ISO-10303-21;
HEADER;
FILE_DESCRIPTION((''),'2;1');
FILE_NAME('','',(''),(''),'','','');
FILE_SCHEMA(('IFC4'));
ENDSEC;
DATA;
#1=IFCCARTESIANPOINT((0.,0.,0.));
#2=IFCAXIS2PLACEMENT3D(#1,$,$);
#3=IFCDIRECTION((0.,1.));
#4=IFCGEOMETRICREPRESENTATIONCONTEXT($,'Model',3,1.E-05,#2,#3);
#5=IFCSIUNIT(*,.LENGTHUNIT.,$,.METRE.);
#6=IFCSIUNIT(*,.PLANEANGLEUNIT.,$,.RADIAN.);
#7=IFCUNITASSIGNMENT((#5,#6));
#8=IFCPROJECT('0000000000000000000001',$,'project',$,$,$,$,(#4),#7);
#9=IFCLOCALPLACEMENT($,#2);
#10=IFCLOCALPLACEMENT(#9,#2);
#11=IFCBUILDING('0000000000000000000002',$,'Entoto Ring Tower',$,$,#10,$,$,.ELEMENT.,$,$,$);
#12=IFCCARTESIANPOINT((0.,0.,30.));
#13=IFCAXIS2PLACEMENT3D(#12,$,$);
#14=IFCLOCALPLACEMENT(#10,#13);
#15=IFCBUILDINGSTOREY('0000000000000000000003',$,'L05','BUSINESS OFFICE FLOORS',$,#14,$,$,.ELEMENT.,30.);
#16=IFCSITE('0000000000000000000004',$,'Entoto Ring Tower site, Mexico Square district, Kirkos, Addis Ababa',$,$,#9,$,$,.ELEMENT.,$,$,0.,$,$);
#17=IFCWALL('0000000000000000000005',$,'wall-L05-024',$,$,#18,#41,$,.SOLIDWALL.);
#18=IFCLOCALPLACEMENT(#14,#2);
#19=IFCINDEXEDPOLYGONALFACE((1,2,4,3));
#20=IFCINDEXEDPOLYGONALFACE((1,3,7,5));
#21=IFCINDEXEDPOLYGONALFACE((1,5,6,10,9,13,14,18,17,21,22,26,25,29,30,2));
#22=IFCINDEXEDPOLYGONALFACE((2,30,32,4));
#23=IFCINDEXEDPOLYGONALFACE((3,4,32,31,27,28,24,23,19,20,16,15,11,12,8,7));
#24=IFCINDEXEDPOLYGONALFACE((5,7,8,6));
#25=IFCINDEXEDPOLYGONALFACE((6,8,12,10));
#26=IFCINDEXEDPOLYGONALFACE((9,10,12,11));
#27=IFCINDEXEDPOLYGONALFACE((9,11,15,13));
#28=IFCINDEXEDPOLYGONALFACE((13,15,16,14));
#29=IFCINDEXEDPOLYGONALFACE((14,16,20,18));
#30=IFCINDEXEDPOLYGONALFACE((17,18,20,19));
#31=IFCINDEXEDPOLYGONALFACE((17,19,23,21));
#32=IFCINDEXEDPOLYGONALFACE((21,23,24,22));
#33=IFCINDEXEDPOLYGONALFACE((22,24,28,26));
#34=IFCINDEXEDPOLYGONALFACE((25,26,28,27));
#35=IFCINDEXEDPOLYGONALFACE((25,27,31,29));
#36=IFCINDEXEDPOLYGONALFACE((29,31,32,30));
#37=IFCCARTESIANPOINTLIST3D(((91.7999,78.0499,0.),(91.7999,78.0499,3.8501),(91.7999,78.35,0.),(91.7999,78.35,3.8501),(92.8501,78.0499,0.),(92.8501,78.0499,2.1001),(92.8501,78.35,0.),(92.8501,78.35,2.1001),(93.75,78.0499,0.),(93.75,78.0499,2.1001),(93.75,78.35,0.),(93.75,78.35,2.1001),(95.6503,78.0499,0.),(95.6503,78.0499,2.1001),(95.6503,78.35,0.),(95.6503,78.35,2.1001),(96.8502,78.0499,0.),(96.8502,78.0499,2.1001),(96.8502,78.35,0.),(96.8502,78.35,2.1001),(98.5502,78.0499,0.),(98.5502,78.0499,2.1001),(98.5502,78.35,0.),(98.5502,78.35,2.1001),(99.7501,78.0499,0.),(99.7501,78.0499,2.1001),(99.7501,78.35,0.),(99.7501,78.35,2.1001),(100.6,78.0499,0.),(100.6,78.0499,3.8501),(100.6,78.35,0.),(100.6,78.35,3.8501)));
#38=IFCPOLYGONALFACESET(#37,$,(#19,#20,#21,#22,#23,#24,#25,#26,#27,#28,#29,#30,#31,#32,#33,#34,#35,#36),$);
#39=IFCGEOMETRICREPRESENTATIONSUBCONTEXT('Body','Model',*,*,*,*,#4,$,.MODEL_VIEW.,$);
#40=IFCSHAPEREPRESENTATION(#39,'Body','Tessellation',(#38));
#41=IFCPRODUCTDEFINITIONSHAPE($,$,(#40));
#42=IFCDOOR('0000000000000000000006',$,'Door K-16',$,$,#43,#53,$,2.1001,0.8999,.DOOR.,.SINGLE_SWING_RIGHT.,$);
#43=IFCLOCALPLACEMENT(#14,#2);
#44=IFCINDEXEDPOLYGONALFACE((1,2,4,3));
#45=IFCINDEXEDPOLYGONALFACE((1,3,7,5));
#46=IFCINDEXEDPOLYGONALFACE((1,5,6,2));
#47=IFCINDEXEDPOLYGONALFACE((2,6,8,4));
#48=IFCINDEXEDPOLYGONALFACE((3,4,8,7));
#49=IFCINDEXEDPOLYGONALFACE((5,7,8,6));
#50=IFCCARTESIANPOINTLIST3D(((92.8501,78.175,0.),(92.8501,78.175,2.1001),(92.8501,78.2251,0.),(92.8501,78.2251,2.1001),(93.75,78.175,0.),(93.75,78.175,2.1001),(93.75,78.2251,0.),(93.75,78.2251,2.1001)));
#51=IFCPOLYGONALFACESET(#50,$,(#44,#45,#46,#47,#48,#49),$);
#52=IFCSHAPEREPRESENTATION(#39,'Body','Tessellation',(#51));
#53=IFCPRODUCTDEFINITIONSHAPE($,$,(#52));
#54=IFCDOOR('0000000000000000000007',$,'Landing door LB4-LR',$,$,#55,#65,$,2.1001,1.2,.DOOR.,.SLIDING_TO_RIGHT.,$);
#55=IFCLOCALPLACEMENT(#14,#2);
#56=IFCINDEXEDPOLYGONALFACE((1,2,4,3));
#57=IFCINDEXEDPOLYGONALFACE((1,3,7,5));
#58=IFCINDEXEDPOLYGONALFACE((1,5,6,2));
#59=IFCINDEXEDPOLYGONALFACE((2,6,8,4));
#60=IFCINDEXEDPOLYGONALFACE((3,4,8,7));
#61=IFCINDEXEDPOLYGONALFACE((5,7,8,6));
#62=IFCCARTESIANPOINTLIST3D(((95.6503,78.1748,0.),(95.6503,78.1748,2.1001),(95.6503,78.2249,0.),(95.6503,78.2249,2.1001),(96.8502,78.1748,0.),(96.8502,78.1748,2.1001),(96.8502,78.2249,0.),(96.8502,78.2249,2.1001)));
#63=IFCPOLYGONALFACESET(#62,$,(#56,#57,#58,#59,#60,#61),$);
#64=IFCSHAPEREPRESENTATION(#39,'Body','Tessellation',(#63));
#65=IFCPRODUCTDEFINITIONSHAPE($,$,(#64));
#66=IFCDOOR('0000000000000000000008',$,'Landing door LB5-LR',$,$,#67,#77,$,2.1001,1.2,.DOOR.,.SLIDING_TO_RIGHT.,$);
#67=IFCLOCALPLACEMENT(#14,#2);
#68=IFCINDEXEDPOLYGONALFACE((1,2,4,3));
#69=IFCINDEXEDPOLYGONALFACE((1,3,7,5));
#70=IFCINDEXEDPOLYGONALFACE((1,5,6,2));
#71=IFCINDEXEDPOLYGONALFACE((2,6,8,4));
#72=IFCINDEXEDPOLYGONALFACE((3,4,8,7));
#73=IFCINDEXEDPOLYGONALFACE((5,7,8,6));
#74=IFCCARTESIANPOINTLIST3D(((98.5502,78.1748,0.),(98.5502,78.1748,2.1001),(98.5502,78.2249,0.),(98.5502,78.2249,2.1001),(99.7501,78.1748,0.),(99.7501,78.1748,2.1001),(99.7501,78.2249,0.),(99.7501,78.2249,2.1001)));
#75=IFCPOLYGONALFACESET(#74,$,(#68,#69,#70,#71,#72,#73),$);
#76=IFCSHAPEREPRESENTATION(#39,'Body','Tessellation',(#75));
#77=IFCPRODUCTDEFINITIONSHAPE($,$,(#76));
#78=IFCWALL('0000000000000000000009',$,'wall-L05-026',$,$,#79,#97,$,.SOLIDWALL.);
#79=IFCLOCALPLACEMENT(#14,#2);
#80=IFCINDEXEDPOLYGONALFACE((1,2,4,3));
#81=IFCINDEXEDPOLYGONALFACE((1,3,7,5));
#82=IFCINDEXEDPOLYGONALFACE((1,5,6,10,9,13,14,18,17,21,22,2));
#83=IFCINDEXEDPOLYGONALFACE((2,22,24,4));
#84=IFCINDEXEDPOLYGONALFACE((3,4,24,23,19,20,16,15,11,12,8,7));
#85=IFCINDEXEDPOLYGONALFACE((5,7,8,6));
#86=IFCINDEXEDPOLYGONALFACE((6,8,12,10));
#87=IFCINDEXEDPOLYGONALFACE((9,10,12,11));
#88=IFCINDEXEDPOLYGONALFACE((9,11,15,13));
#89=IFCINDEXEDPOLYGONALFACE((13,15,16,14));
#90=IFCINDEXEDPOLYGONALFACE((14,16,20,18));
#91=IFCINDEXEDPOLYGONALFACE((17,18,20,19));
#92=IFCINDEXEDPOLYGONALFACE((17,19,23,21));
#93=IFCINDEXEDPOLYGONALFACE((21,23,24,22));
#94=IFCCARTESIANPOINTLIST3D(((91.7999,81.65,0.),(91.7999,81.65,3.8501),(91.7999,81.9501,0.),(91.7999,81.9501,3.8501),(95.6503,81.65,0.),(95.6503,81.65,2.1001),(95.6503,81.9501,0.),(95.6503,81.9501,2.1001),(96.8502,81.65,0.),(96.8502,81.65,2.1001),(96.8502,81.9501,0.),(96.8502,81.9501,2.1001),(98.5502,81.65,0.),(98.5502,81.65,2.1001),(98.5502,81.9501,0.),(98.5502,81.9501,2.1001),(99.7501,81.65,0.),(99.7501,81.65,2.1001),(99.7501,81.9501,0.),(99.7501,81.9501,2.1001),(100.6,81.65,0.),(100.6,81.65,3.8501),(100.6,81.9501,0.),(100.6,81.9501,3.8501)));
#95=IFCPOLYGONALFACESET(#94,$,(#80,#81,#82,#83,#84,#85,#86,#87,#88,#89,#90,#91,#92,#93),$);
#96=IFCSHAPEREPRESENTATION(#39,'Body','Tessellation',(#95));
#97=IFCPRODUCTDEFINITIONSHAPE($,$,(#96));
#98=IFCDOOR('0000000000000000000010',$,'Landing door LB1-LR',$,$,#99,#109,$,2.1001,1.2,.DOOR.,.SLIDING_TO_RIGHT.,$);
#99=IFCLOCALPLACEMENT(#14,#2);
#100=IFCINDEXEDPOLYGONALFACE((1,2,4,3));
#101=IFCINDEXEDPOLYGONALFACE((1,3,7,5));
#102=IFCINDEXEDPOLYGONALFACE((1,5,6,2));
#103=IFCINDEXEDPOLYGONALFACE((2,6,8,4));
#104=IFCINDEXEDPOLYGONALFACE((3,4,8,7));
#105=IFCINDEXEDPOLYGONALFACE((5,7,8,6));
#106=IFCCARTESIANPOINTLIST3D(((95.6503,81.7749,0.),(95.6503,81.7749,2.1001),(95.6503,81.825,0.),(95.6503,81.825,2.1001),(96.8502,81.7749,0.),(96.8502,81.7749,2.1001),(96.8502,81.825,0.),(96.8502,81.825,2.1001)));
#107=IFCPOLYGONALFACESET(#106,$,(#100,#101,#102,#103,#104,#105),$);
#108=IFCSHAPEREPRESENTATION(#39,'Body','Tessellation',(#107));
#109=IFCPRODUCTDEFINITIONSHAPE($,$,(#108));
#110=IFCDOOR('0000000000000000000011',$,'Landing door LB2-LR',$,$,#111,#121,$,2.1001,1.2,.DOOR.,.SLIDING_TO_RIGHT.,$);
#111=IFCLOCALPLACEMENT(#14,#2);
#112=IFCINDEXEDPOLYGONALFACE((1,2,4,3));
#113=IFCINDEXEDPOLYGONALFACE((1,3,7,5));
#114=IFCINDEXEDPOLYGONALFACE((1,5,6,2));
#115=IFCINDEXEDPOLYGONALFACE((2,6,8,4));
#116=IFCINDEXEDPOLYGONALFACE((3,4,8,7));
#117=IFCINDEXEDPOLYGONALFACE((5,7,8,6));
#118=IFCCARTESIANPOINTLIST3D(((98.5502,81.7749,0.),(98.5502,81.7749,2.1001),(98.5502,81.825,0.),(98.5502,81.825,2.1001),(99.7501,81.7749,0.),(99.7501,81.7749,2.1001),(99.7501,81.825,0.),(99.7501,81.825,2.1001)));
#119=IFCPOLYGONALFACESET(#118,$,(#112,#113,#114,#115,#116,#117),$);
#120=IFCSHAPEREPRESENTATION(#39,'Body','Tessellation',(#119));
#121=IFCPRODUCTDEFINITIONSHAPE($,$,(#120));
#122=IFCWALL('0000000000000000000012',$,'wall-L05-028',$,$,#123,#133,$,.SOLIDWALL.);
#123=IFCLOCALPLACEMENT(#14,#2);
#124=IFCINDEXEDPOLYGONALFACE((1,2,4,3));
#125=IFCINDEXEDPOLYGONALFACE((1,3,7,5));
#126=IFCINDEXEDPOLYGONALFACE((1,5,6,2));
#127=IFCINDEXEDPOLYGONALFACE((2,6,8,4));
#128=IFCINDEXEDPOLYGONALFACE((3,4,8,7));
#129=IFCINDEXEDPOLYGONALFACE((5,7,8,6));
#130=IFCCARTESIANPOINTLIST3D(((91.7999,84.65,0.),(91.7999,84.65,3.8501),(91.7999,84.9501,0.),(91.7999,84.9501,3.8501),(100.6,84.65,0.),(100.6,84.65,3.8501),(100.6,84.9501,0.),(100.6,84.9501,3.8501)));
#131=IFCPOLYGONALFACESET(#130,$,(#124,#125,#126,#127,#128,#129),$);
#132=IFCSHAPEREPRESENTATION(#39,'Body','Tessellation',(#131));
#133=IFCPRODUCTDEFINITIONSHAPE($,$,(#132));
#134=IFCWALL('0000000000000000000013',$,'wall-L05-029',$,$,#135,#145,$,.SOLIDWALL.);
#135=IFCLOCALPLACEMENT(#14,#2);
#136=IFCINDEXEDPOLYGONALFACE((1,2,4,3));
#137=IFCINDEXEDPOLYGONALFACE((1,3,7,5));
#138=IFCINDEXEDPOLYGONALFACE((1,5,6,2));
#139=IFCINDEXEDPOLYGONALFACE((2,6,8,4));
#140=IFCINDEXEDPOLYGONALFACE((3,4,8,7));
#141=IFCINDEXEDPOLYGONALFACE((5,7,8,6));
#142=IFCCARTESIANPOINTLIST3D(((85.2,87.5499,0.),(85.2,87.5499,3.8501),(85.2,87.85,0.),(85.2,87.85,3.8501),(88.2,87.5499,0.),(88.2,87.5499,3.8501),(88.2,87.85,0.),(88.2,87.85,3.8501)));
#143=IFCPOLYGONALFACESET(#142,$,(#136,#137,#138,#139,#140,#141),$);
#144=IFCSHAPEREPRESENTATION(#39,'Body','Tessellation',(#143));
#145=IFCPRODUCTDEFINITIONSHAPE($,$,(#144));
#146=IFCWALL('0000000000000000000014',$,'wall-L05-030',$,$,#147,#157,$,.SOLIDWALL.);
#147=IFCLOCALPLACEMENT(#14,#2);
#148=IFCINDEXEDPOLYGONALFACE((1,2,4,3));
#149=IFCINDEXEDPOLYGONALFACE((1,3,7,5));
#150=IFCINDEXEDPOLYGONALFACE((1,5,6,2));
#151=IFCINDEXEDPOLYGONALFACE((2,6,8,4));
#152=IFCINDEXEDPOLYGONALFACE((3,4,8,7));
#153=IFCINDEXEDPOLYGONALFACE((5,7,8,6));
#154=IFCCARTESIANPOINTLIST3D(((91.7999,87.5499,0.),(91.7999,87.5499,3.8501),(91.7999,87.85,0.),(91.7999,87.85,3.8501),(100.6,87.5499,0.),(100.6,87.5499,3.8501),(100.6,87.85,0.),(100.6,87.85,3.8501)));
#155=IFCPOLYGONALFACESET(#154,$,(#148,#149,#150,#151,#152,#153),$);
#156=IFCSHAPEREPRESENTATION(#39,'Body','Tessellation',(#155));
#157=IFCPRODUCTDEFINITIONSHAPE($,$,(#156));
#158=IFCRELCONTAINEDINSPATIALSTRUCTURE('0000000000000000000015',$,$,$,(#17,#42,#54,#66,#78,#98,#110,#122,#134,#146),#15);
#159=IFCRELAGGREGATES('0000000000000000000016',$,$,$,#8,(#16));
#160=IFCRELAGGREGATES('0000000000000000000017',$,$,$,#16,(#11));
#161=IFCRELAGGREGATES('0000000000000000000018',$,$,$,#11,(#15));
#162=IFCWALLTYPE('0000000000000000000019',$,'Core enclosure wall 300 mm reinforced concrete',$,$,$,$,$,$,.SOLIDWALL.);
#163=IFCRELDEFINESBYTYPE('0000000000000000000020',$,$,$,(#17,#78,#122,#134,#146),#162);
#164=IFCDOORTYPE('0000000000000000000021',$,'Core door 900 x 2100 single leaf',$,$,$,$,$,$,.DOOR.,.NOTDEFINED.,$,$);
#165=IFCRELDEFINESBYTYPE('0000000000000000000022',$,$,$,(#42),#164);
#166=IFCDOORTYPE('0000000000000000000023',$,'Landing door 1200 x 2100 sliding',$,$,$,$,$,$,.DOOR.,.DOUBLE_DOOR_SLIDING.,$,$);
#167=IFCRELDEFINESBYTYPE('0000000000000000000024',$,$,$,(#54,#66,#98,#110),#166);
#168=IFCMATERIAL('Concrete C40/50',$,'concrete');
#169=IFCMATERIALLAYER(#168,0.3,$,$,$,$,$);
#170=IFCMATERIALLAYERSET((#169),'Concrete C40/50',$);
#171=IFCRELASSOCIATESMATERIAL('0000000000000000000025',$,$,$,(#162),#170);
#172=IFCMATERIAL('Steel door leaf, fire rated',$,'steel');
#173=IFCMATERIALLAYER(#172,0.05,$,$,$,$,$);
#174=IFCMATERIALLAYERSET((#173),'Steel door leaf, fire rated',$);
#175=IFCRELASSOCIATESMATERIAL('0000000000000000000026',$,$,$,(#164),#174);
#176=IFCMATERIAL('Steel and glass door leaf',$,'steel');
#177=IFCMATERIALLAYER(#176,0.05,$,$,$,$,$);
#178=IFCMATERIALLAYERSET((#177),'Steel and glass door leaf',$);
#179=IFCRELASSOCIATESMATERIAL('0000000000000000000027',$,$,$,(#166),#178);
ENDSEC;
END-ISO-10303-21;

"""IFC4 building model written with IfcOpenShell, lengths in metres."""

from ifc_helpers import new_model, si_unit, direction, frame, frame_2d, origin, place, context, subcontext, project, spatial, rectangle, extrude, material, layer, layer_set, type_object, element, fill, save


model = new_model("IFC4")

# Units and contexts
model_context = context("Model", 3, precision=1e-05, world=origin(), true_north=direction((0.0, 1.0)))
body_context = subcontext(model_context, "Body", "Model", "MODEL_VIEW")
ifc_project = project(units=[si_unit("LENGTHUNIT", "METRE"), si_unit("PLANEANGLEUNIT", "RADIAN")], contexts=[model_context])

# Site, building, storey
site_placement = place(None, origin())
site = spatial("IfcSite", under=ifc_project, at=site_placement, Name="Entoto Ring Tower site, Mexico Square district, Kirkos, Addis Ababa", CompositionType="ELEMENT", RefElevation=0.0)
building_placement = place(site_placement, origin())
building = spatial("IfcBuilding", under=site, at=building_placement, Name="Entoto Ring Tower", CompositionType="ELEMENT")
storey_placement = place(building_placement, frame((0.0, 0.0, 30.0)))
storey = spatial("IfcBuildingStorey", under=building, at=storey_placement, Name="L05", Description="BUSINESS OFFICE FLOORS", CompositionType="ELEMENT", Elevation=30.0)

# Shared definitions
ifc_material_1 = material(Name="Concrete C40/50", Category="concrete")
ifc_layer_1 = layer(ifc_material_1, 0.3)
ifc_layer_set_1 = layer_set([ifc_layer_1], Name="Concrete C40/50")
wall_type = type_object("IfcWallType", Name="Core enclosure wall 300 mm reinforced concrete", PredefinedType="SOLIDWALL", material=ifc_layer_set_1)

# Shared definitions
ifc_material_2 = material(Name="Steel door leaf, fire rated", Category="steel")
ifc_layer_2 = layer(ifc_material_2, 0.05)
ifc_layer_set_2 = layer_set([ifc_layer_2], Name="Steel door leaf, fire rated")
door_type_1 = type_object("IfcDoorType", Name="Core door 900 x 2100 single leaf", OperationType="NOTDEFINED", PredefinedType="DOOR", material=ifc_layer_set_2)

# Walls, openings, doors
ifc_material_3 = material(Name="Steel and glass door leaf", Category="steel")
ifc_layer_3 = layer(ifc_material_3, 0.05)
ifc_layer_set_3 = layer_set([ifc_layer_3], Name="Steel and glass door leaf")
door_type_2 = type_object("IfcDoorType", Name="Landing door 1200 x 2100 sliding", OperationType="DOUBLE_DOOR_SLIDING", PredefinedType="DOOR", material=ifc_layer_set_3)
wall_1_placement = place(storey_placement, frame((91.8, 78.2, 0.0), z_axis=(0.0, 0.0, 1.0), x_axis=(1.0, 0.0, 0.0)))
wall_1 = element("IfcWall", 1, at=wall_1_placement, inside=storey, type_object=wall_type, Name="wall-L05-024", PredefinedType="SOLIDWALL", context=body_context, shape_type="SweptSolid", body=[
    extrude(rectangle(XDim=8.8, YDim=0.3, at=frame_2d((4.3999, 0.0))), origin(), (0.0, 0.0, 1.0), 3.8501),
])
opening_1_placement = place(wall_1_placement, frame((3.8501, 0.0, 0.0)))
opening_1 = element("IfcOpeningElement", 2, at=opening_1_placement, cuts=wall_1, PredefinedType="OPENING", context=body_context, shape_type="SweptSolid", body=[
    extrude(rectangle(XDim=1.2, YDim=2.1001, at=frame_2d((0.6001, 1.05))), frame((0.0, 0.1602, 0.0), z_axis=(0.0, -1.0, 0.0), x_axis=(1.0, 0.0, 0.0)), (0.0, 0.0, 1.0), 0.3201),
])
opening_2_placement = place(wall_1_placement, frame((6.75, 0.0, 0.0)))
opening_2 = element("IfcOpeningElement", 3, at=opening_2_placement, cuts=wall_1, PredefinedType="OPENING", context=body_context, shape_type="SweptSolid", body=[
    extrude(rectangle(XDim=1.2, YDim=2.1001, at=frame_2d((0.6001, 1.05))), frame((0.0, 0.1602, 0.0), z_axis=(0.0, -1.0, 0.0), x_axis=(1.0, 0.0, 0.0)), (0.0, 0.0, 1.0), 0.3201),
])
opening_3_placement = place(wall_1_placement, frame((1.05, 0.0, 0.0)))
opening_3 = element("IfcOpeningElement", 4, at=opening_3_placement, cuts=wall_1, PredefinedType="OPENING", context=body_context, shape_type="SweptSolid", body=[
    extrude(rectangle(XDim=0.8999, YDim=2.1001, at=frame_2d((0.45, 1.05))), frame((0.0, 0.1602, 0.0), z_axis=(0.0, -1.0, 0.0), x_axis=(1.0, 0.0, 0.0)), (0.0, 0.0, 1.0), 0.3201),
])
door_1_placement = place(opening_3_placement, frame((0.8999, 0.0, 0.0), z_axis=(0.0, 0.0, 1.0), x_axis=(-1.0, 0.0, 0.0)))
door_1 = element("IfcDoor", 5, at=door_1_placement, inside=storey, type_object=door_type_1, Name="Door K-16", OperationType="SINGLE_SWING_RIGHT", OverallHeight=2.1001, OverallWidth=0.8999, PredefinedType="DOOR", context=body_context, shape_type="SweptSolid", body=[
    extrude(rectangle(XDim=0.8999, YDim=2.1001, at=frame_2d((0.45, 1.05))), frame((0.0, 0.0249, 0.0), z_axis=(0.0, -1.0, 0.0), x_axis=(1.0, 0.0, 0.0)), (0.0, 0.0, 1.0), 0.05),
])
fill(opening_3, door_1)
door_2_placement = place(opening_1_placement, origin())
door_2 = element("IfcDoor", 6, at=door_2_placement, inside=storey, type_object=door_type_2, Name="Landing door LB4-LR", OperationType="SLIDING_TO_RIGHT", OverallHeight=2.1001, OverallWidth=1.2, PredefinedType="DOOR", context=body_context, shape_type="SweptSolid", body=[
    extrude(rectangle(XDim=1.2, YDim=2.1001, at=frame_2d((0.6001, 1.05))), frame((0.0, 0.0249, 0.0), z_axis=(0.0, -1.0, 0.0), x_axis=(1.0, 0.0, 0.0)), (0.0, 0.0, 1.0), 0.05),
])
fill(opening_1, door_2)
door_3_placement = place(opening_2_placement, origin())
door_3 = element("IfcDoor", 7, at=door_3_placement, inside=storey, type_object=door_type_2, Name="Landing door LB5-LR", OperationType="SLIDING_TO_RIGHT", OverallHeight=2.1001, OverallWidth=1.2, PredefinedType="DOOR", context=body_context, shape_type="SweptSolid", body=[
    extrude(rectangle(XDim=1.2, YDim=2.1001, at=frame_2d((0.6001, 1.05))), frame((0.0, 0.0249, 0.0), z_axis=(0.0, -1.0, 0.0), x_axis=(1.0, 0.0, 0.0)), (0.0, 0.0, 1.0), 0.05),
])
fill(opening_2, door_3)
wall_2_placement = place(storey_placement, frame((91.8, 81.8, 0.0), z_axis=(0.0, 0.0, 1.0), x_axis=(1.0, 0.0, 0.0)))
wall_2 = element("IfcWall", 8, at=wall_2_placement, inside=storey, type_object=wall_type, Name="wall-L05-026", PredefinedType="SOLIDWALL", context=body_context, shape_type="SweptSolid", body=[
    extrude(rectangle(XDim=8.8, YDim=0.3, at=frame_2d((4.3999, 0.0))), origin(), (0.0, 0.0, 1.0), 3.8501),
])
opening_4_placement = place(wall_2_placement, frame((3.8501, 0.0, 0.0)))
opening_4 = element("IfcOpeningElement", 9, at=opening_4_placement, cuts=wall_2, PredefinedType="OPENING", context=body_context, shape_type="SweptSolid", body=[
    extrude(rectangle(XDim=1.2, YDim=2.1001, at=frame_2d((0.6001, 1.05))), frame((0.0, 0.1602, 0.0), z_axis=(0.0, -1.0, 0.0), x_axis=(1.0, 0.0, 0.0)), (0.0, 0.0, 1.0), 0.3201),
])
opening_5_placement = place(wall_2_placement, frame((6.75, 0.0, 0.0)))
opening_5 = element("IfcOpeningElement", 10, at=opening_5_placement, cuts=wall_2, PredefinedType="OPENING", context=body_context, shape_type="SweptSolid", body=[
    extrude(rectangle(XDim=1.2, YDim=2.1001, at=frame_2d((0.6001, 1.05))), frame((0.0, 0.1602, 0.0), z_axis=(0.0, -1.0, 0.0), x_axis=(1.0, 0.0, 0.0)), (0.0, 0.0, 1.0), 0.3201),
])
door_4_placement = place(opening_4_placement, origin())
door_4 = element("IfcDoor", 11, at=door_4_placement, inside=storey, type_object=door_type_2, Name="Landing door LB1-LR", OperationType="SLIDING_TO_RIGHT", OverallHeight=2.1001, OverallWidth=1.2, PredefinedType="DOOR", context=body_context, shape_type="SweptSolid", body=[
    extrude(rectangle(XDim=1.2, YDim=2.1001, at=frame_2d((0.6001, 1.05))), frame((0.0, 0.0249, 0.0), z_axis=(0.0, -1.0, 0.0), x_axis=(1.0, 0.0, 0.0)), (0.0, 0.0, 1.0), 0.05),
])
fill(opening_4, door_4)
door_5_placement = place(opening_5_placement, origin())
door_5 = element("IfcDoor", 12, at=door_5_placement, inside=storey, type_object=door_type_2, Name="Landing door LB2-LR", OperationType="SLIDING_TO_RIGHT", OverallHeight=2.1001, OverallWidth=1.2, PredefinedType="DOOR", context=body_context, shape_type="SweptSolid", body=[
    extrude(rectangle(XDim=1.2, YDim=2.1001, at=frame_2d((0.6001, 1.05))), frame((0.0, 0.0249, 0.0), z_axis=(0.0, -1.0, 0.0), x_axis=(1.0, 0.0, 0.0)), (0.0, 0.0, 1.0), 0.05),
])
fill(opening_5, door_5)

# Walls
wall_3_placement = place(storey_placement, frame((91.8, 84.8, 0.0), z_axis=(0.0, 0.0, 1.0), x_axis=(1.0, 0.0, 0.0)))
element("IfcWall", 13, at=wall_3_placement, inside=storey, type_object=wall_type, Name="wall-L05-028", PredefinedType="SOLIDWALL", context=body_context, shape_type="SweptSolid", body=[
    extrude(rectangle(XDim=8.8, YDim=0.3, at=frame_2d((4.3999, 0.0))), origin(), (0.0, 0.0, 1.0), 3.8501),
])
wall_4_placement = place(storey_placement, frame((85.2, 87.7, 0.0), z_axis=(0.0, 0.0, 1.0), x_axis=(1.0, 0.0, 0.0)))
element("IfcWall", 14, at=wall_4_placement, inside=storey, type_object=wall_type, Name="wall-L05-029", PredefinedType="SOLIDWALL", context=body_context, shape_type="SweptSolid", body=[
    extrude(rectangle(XDim=3.0, YDim=0.3, at=frame_2d((1.5, 0.0))), origin(), (0.0, 0.0, 1.0), 3.8501),
])
wall_5_placement = place(storey_placement, frame((91.8, 87.7, 0.0), z_axis=(0.0, 0.0, 1.0), x_axis=(1.0, 0.0, 0.0)))
element("IfcWall", 15, at=wall_5_placement, inside=storey, type_object=wall_type, Name="wall-L05-030", PredefinedType="SOLIDWALL", context=body_context, shape_type="SweptSolid", body=[
    extrude(rectangle(XDim=8.8, YDim=0.3, at=frame_2d((4.3999, 0.0))), origin(), (0.0, 0.0, 1.0), 3.8501),
])

save(model, "model.ifc")
